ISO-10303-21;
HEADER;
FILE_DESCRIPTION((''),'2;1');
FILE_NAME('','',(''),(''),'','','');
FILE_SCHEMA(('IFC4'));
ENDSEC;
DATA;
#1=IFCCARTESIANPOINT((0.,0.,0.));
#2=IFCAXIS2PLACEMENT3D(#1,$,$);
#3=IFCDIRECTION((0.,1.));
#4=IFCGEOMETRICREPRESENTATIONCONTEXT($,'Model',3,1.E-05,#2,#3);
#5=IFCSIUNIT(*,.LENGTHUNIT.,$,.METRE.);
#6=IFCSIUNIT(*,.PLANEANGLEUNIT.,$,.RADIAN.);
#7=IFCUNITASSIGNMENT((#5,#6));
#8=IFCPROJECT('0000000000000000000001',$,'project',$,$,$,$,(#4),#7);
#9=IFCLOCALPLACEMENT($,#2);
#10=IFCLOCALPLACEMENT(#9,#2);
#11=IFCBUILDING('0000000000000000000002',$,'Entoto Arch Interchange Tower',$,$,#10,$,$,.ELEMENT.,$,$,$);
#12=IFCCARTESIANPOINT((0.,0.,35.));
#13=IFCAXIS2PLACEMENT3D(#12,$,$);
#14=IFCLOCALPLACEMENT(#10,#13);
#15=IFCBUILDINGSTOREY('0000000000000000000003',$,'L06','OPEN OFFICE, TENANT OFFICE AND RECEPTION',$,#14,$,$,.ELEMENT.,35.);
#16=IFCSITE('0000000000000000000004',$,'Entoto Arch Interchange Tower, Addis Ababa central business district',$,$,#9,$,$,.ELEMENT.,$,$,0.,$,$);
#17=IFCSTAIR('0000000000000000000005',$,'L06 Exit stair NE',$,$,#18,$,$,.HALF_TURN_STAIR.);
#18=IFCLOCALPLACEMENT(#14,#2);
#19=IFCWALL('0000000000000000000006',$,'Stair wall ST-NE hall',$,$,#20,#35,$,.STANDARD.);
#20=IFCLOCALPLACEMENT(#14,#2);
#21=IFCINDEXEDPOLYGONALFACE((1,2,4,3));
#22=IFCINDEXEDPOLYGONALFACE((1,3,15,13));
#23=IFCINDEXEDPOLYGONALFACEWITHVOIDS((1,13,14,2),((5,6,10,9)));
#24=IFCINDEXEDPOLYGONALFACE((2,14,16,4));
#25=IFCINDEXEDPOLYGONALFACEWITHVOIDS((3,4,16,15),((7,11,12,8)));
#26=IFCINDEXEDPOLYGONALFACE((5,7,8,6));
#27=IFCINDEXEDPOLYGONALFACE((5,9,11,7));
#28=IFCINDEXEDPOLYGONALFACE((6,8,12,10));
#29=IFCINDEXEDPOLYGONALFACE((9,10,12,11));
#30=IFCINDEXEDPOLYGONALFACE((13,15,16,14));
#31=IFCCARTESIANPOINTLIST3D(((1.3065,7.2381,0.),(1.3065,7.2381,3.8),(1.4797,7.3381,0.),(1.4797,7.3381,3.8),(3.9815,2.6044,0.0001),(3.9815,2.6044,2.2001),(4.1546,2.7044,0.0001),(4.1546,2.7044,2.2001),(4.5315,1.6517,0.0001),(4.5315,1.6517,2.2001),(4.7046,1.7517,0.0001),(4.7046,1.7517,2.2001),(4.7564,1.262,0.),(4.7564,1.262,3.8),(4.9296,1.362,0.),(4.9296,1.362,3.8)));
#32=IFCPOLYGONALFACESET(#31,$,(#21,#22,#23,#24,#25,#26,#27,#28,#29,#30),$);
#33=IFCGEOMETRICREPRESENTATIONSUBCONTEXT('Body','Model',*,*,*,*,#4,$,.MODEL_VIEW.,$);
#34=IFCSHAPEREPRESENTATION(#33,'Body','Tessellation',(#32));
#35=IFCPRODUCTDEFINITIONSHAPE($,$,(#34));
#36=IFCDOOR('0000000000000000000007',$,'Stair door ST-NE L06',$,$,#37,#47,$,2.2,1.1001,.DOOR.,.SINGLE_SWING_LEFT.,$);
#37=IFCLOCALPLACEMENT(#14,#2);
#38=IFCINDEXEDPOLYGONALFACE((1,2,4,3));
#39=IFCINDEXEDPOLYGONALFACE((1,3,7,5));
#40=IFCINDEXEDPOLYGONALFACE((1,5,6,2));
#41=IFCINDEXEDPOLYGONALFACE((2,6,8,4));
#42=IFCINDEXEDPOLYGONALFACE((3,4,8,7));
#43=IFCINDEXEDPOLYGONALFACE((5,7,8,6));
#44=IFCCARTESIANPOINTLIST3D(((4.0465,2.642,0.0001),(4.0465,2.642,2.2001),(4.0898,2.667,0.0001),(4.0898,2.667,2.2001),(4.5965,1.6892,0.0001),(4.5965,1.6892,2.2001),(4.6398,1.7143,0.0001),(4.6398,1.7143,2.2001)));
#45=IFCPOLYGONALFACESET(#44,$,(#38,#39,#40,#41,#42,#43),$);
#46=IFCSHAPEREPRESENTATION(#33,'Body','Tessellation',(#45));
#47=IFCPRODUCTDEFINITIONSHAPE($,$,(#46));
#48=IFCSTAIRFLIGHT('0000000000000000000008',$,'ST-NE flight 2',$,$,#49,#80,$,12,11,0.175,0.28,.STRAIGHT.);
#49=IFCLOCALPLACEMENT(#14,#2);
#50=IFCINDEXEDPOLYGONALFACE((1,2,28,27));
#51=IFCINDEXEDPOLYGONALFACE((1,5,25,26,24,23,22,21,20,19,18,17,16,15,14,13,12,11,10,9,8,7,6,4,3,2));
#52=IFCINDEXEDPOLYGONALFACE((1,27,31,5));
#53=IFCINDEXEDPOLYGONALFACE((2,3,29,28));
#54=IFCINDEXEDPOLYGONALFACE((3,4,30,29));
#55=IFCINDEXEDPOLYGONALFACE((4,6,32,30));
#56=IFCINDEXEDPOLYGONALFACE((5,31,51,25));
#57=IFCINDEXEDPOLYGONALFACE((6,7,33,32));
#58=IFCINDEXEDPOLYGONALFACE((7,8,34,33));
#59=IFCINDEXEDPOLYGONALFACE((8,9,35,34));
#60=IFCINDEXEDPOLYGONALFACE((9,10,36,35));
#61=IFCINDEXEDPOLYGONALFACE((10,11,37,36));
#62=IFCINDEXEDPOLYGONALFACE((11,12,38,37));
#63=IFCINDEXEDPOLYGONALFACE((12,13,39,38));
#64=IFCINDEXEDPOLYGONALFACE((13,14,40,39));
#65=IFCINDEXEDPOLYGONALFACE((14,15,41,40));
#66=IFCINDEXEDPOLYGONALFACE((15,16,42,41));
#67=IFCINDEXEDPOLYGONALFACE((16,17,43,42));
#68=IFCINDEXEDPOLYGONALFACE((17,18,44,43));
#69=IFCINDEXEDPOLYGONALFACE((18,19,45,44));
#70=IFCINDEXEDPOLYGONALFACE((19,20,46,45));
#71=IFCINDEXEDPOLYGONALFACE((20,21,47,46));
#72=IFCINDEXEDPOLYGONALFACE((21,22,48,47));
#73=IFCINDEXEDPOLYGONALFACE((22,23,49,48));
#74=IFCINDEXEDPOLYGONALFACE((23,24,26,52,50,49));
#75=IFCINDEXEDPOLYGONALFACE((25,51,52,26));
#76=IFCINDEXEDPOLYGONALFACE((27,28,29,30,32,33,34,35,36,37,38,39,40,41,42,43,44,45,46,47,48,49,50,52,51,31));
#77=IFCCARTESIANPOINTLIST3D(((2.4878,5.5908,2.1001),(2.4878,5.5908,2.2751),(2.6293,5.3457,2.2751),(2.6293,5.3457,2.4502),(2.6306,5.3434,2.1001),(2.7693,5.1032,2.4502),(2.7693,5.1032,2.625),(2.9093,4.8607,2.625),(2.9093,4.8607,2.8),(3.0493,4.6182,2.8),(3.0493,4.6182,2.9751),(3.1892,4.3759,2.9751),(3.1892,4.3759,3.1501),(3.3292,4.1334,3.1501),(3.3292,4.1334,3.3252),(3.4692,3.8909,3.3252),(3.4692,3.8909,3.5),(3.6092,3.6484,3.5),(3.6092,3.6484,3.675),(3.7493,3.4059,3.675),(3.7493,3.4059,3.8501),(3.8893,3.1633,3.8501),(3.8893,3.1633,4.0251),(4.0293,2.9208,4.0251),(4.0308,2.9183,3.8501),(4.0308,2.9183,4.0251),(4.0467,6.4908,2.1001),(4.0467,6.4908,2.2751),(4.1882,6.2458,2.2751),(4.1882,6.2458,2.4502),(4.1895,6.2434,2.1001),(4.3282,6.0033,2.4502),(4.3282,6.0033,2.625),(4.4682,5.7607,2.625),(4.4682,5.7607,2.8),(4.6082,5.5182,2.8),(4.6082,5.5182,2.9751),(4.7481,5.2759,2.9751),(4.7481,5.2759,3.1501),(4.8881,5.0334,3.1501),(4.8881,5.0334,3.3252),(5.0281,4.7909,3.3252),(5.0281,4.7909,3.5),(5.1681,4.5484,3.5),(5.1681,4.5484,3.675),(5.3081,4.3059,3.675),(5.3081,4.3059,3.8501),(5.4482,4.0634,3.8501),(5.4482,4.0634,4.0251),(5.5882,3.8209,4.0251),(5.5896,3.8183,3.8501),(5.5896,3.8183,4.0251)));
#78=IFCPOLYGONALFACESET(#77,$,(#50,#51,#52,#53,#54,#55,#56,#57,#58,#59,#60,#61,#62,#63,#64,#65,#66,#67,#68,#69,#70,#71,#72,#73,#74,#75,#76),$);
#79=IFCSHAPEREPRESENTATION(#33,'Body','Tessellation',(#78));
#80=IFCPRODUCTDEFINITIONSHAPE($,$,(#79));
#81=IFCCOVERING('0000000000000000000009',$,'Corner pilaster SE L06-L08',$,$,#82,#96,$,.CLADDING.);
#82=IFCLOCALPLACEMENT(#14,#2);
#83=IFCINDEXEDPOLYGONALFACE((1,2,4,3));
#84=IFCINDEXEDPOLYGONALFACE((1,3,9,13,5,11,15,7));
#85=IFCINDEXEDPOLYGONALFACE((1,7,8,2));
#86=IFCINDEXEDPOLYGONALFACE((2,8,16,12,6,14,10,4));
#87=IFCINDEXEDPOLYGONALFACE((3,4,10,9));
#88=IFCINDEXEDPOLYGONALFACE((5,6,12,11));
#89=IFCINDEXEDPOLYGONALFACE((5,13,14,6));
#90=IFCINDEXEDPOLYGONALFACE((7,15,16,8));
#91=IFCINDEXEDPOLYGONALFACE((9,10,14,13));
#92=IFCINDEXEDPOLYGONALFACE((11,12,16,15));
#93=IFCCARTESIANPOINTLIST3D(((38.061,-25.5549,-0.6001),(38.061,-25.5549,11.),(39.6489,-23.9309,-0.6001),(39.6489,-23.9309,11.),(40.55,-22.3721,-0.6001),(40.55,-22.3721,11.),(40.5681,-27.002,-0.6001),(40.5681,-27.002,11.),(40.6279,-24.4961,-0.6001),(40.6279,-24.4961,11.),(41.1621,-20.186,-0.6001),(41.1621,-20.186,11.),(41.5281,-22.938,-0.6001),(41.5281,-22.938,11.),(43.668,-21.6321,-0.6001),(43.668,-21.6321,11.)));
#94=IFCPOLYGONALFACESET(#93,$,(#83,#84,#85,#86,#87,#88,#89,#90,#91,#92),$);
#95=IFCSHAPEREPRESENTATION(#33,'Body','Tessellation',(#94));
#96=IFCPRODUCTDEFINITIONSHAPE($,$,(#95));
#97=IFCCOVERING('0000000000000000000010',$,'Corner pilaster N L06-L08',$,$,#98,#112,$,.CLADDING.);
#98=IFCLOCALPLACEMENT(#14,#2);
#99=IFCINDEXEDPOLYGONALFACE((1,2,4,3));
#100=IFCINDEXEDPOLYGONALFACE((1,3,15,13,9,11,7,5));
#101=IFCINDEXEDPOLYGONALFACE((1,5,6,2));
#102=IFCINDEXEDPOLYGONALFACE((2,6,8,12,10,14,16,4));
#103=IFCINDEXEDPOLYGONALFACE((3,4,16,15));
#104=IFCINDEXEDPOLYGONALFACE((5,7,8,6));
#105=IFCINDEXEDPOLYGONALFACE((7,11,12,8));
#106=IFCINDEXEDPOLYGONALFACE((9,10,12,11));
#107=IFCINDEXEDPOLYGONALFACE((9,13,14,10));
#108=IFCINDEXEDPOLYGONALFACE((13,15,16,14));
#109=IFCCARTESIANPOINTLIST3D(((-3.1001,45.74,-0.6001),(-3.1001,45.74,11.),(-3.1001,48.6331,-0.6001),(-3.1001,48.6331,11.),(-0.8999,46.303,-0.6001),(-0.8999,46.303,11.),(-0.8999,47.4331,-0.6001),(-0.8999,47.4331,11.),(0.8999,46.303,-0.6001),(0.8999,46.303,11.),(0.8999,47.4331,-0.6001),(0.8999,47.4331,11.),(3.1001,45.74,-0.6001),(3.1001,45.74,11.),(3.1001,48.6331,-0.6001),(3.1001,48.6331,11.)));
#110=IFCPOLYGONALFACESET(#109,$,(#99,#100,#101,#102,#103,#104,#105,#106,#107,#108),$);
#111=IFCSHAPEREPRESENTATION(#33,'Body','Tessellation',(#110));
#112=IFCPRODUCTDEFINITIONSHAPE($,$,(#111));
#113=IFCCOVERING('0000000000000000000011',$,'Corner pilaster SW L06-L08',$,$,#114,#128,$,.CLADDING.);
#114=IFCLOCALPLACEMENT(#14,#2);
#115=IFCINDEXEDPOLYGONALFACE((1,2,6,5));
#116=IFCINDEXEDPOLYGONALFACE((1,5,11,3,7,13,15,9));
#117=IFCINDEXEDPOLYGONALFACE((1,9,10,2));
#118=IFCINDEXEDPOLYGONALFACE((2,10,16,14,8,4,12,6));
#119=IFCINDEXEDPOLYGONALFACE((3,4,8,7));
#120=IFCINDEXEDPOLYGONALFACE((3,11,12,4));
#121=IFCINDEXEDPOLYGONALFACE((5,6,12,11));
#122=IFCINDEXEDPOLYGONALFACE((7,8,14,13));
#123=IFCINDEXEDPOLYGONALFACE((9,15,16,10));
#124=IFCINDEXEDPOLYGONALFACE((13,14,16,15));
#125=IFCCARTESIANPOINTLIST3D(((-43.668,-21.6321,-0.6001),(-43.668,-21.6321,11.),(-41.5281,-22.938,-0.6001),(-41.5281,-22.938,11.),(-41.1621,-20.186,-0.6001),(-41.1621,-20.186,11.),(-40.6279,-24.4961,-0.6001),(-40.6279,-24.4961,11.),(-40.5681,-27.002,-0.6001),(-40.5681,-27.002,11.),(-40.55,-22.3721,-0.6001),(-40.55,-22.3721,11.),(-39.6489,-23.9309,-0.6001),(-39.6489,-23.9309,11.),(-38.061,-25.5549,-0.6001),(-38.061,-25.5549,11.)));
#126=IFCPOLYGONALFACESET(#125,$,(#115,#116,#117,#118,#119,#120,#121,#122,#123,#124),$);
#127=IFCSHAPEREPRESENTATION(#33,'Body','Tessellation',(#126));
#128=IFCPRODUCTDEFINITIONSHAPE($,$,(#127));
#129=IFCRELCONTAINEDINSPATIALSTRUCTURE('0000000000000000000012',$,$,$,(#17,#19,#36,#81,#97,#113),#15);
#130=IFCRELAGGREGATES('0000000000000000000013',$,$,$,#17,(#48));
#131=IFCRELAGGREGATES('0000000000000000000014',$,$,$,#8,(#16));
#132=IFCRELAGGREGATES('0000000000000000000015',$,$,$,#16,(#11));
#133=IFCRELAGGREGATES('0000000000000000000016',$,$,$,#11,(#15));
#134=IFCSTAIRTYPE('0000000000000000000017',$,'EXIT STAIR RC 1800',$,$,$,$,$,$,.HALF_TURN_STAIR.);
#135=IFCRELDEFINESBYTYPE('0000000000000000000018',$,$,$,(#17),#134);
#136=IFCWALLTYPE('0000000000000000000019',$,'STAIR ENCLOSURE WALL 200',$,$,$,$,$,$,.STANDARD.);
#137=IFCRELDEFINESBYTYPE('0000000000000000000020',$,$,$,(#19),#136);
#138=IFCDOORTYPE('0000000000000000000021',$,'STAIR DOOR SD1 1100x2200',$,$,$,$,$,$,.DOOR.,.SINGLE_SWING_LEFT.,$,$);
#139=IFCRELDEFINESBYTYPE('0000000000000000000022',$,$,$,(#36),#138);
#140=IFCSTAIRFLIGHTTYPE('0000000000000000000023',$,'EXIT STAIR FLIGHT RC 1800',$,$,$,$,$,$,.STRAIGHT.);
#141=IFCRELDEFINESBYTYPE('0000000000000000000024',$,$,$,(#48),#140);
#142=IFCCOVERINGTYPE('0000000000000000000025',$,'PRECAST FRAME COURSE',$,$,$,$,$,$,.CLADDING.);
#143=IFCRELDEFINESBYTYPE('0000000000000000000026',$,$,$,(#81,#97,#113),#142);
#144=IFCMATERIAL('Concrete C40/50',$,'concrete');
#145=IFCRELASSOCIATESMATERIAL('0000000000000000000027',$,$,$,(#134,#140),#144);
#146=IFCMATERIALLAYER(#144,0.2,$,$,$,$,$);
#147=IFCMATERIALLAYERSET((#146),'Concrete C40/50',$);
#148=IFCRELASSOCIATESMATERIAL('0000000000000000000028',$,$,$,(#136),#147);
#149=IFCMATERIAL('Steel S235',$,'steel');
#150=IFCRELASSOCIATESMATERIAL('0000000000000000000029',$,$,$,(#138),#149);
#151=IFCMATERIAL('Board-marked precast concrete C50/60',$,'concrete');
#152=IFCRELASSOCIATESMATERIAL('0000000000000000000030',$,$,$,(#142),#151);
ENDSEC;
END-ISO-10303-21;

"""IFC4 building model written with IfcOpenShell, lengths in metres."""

from ifc_helpers import new_model, si_unit, direction, frame, frame_2d, origin, place, context, subcontext, project, spatial, polyline, rectangle, outline, extrude, material, layer, layer_set, type_object, element, fill, aggregate, save


model = new_model("IFC4")

# Units and contexts
model_context = context("Model", 3, precision=1e-05, world=origin(), true_north=direction((0.0, 1.0)))
body_context = subcontext(model_context, "Body", "Model", "MODEL_VIEW")
ifc_project = project(units=[si_unit("LENGTHUNIT", "METRE"), si_unit("PLANEANGLEUNIT", "RADIAN")], contexts=[model_context])

# Site, building, storey
site_placement = place(None, origin())
site = spatial("IfcSite", under=ifc_project, at=site_placement, Name="Entoto Arch Interchange Tower, Addis Ababa central business district", CompositionType="ELEMENT", RefElevation=0.0)
building_placement = place(site_placement, origin())
building = spatial("IfcBuilding", under=site, at=building_placement, Name="Entoto Arch Interchange Tower", CompositionType="ELEMENT")
storey_placement = place(building_placement, frame((0.0, 0.0, 35.0)))
storey = spatial("IfcBuildingStorey", under=building, at=storey_placement, Name="L06", Description="OPEN OFFICE, TENANT OFFICE AND RECEPTION", CompositionType="ELEMENT", Elevation=35.0)

# Shared definitions
ifc_material_1 = material(Name="Concrete C40/50", Category="concrete")

# Stair
stair_type = type_object("IfcStairType", Name="EXIT STAIR RC 1800", PredefinedType="HALF_TURN_STAIR", material=ifc_material_1)
stair_1_placement = place(storey_placement, origin())
stair_1 = element("IfcStair", 1, at=stair_1_placement, inside=storey, type_object=stair_type, Name="L06 Exit stair NE", PredefinedType="HALF_TURN_STAIR")

# Shared definitions
ifc_layer_1 = layer(ifc_material_1, 0.2)
ifc_layer_set_1 = layer_set([ifc_layer_1], Name="Concrete C40/50")
wall_type_1 = type_object("IfcWallType", Name="STAIR ENCLOSURE WALL 200", PredefinedType="STANDARD", material=ifc_layer_set_1)
ifc_material_2 = material(Name="Steel S235", Category="steel")
door_type = type_object("IfcDoorType", Name="STAIR DOOR SD1 1100x2200", OperationType="SINGLE_SWING_LEFT", PredefinedType="DOOR", material=ifc_material_2)

# Wall, opening, door
wall_1_placement = place(storey_placement, frame((4.843, 1.312, 0.0), z_axis=(0.0, 0.0, 1.0), x_axis=(-0.499963, 0.866047, 0.0)))
wall_1 = element("IfcWall", 2, at=wall_1_placement, inside=storey, type_object=wall_type_1, Name="Stair wall ST-NE hall", PredefinedType="STANDARD", context=body_context, shape_type="SweptSolid", body=[
    extrude(rectangle(XDim=6.9004, YDim=0.2, at=frame_2d((3.4502, 0.0))), origin(), (0.0, 0.0, 1.0), 3.8),
])
opening_1_placement = place(wall_1_placement, frame((0.45, 0.0, 0.0)))
opening_1 = element("IfcOpeningElement", 3, at=opening_1_placement, cuts=wall_1, PredefinedType="OPENING", context=body_context, shape_type="SweptSolid", body=[
    extrude(rectangle(XDim=1.1001, YDim=2.2, at=frame_2d((0.55, 1.1001))), frame((0.0, 0.1099, 0.0), z_axis=(0.0, -1.0, 0.0), x_axis=(1.0, 0.0, 0.0)), (0.0, 0.0, 1.0), 0.22),
])
door_1_placement = place(opening_1_placement, origin())
door_1 = element("IfcDoor", 4, at=door_1_placement, inside=storey, type_object=door_type, Name="Stair door ST-NE L06", OperationType="SINGLE_SWING_LEFT", OverallHeight=2.2, OverallWidth=1.1001, PredefinedType="DOOR", context=body_context, shape_type="SweptSolid", body=[
    extrude(rectangle(XDim=1.1001, YDim=2.2, at=frame_2d((0.55, 1.1001))), frame((0.0, 0.0249, 0.0), z_axis=(0.0, -1.0, 0.0), x_axis=(1.0, 0.0, 0.0)), (0.0, 0.0, 1.0), 0.05),
])
fill(opening_1, door_1)

# Stair flight
stair_flight_type = type_object("IfcStairFlightType", Name="EXIT STAIR FLIGHT RC 1800", PredefinedType="STRAIGHT", material=ifc_material_1)
stair_flight_placement = place(storey_placement, frame((3.2688, 6.0383, 2.1001), z_axis=(0.0, 0.0, 1.0), x_axis=(0.5, -0.866025, 0.0)))
stair_flight = element("IfcStairFlight", 5, at=stair_flight_placement, type_object=stair_flight_type, Name="ST-NE flight 2", NumberOfRisers=12, NumberOfTreads=11, PredefinedType="STRAIGHT", RiserHeight=0.175, TreadLength=0.28, context=body_context, shape_type="SweptSolid", body=[
    extrude(outline(polyline([(-0.0029, 0.0), (-0.0029, 0.175), (0.28, 0.175), (0.28, 0.3501), (0.5601, 0.3501), (0.5601, 0.5249), (0.8401, 0.5249), (0.8401, 0.7), (1.1201, 0.7), (1.1201, 0.875), (1.3999, 0.875), (1.3999, 1.05), (1.6799, 1.05), (1.6799, 1.2251), (1.96, 1.2251), (1.96, 1.3999), (2.24, 1.3999), (2.24, 1.575), (2.52, 1.575), (2.52, 1.75), (2.8, 1.75), (2.8, 1.925), (3.0801, 1.925), (3.083, 1.925), (3.083, 1.75), (0.2827, 0.0), (-0.0029, 0.0)])), frame((0.0, 0.8999, 0.0), z_axis=(0.0, -1.0, 0.0), x_axis=(1.0, 0.0, 0.0)), (0.0, 0.0, 1.0), 1.8),
])
aggregate(stair_1, [stair_flight])

# Coverings
ifc_material_3 = material(Name="Board-marked precast concrete C50/60", Category="concrete")
covering_type = type_object("IfcCoveringType", Name="PRECAST FRAME COURSE", PredefinedType="CLADDING", material=ifc_material_3)
covering_1_placement = place(storey_placement, frame((0.0, 0.0, -0.6001)))
element("IfcCovering", 6, at=covering_1_placement, inside=storey, type_object=covering_type, Name="Corner pilaster SE L06-L08", PredefinedType="CLADDING", context=body_context, shape_type="SweptSolid", body=[
    extrude(outline(polyline([(43.668, -21.6321), (40.5681, -27.002), (38.061, -25.5549), (39.6489, -23.9309), (40.6279, -24.4961), (41.5281, -22.938), (40.55, -22.3721), (41.1621, -20.186), (43.668, -21.6321)])), origin(), (0.0, 0.0, 1.0), 11.6001),
])
covering_2_placement = place(storey_placement, frame((0.0, 0.0, -0.6001)))
element("IfcCovering", 7, at=covering_2_placement, inside=storey, type_object=covering_type, Name="Corner pilaster N L06-L08", PredefinedType="CLADDING", context=body_context, shape_type="SweptSolid", body=[
    extrude(outline(polyline([(-3.1001, 48.6331), (3.1001, 48.6331), (3.1001, 45.74), (0.8999, 46.303), (0.8999, 47.4331), (-0.8999, 47.4331), (-0.8999, 46.303), (-3.1001, 45.74), (-3.1001, 48.6331)])), origin(), (0.0, 0.0, 1.0), 11.6001),
])
covering_3_placement = place(storey_placement, frame((0.0, 0.0, -0.6001)))
element("IfcCovering", 8, at=covering_3_placement, inside=storey, type_object=covering_type, Name="Corner pilaster SW L06-L08", PredefinedType="CLADDING", context=body_context, shape_type="SweptSolid", body=[
    extrude(outline(polyline([(-40.5681, -27.002), (-43.668, -21.6321), (-41.1621, -20.186), (-40.55, -22.3721), (-41.5281, -22.938), (-40.6279, -24.4961), (-39.6489, -23.9309), (-38.061, -25.5549), (-40.5681, -27.002)])), origin(), (0.0, 0.0, 1.0), 11.6001),
])

save(model, "model.ifc")
